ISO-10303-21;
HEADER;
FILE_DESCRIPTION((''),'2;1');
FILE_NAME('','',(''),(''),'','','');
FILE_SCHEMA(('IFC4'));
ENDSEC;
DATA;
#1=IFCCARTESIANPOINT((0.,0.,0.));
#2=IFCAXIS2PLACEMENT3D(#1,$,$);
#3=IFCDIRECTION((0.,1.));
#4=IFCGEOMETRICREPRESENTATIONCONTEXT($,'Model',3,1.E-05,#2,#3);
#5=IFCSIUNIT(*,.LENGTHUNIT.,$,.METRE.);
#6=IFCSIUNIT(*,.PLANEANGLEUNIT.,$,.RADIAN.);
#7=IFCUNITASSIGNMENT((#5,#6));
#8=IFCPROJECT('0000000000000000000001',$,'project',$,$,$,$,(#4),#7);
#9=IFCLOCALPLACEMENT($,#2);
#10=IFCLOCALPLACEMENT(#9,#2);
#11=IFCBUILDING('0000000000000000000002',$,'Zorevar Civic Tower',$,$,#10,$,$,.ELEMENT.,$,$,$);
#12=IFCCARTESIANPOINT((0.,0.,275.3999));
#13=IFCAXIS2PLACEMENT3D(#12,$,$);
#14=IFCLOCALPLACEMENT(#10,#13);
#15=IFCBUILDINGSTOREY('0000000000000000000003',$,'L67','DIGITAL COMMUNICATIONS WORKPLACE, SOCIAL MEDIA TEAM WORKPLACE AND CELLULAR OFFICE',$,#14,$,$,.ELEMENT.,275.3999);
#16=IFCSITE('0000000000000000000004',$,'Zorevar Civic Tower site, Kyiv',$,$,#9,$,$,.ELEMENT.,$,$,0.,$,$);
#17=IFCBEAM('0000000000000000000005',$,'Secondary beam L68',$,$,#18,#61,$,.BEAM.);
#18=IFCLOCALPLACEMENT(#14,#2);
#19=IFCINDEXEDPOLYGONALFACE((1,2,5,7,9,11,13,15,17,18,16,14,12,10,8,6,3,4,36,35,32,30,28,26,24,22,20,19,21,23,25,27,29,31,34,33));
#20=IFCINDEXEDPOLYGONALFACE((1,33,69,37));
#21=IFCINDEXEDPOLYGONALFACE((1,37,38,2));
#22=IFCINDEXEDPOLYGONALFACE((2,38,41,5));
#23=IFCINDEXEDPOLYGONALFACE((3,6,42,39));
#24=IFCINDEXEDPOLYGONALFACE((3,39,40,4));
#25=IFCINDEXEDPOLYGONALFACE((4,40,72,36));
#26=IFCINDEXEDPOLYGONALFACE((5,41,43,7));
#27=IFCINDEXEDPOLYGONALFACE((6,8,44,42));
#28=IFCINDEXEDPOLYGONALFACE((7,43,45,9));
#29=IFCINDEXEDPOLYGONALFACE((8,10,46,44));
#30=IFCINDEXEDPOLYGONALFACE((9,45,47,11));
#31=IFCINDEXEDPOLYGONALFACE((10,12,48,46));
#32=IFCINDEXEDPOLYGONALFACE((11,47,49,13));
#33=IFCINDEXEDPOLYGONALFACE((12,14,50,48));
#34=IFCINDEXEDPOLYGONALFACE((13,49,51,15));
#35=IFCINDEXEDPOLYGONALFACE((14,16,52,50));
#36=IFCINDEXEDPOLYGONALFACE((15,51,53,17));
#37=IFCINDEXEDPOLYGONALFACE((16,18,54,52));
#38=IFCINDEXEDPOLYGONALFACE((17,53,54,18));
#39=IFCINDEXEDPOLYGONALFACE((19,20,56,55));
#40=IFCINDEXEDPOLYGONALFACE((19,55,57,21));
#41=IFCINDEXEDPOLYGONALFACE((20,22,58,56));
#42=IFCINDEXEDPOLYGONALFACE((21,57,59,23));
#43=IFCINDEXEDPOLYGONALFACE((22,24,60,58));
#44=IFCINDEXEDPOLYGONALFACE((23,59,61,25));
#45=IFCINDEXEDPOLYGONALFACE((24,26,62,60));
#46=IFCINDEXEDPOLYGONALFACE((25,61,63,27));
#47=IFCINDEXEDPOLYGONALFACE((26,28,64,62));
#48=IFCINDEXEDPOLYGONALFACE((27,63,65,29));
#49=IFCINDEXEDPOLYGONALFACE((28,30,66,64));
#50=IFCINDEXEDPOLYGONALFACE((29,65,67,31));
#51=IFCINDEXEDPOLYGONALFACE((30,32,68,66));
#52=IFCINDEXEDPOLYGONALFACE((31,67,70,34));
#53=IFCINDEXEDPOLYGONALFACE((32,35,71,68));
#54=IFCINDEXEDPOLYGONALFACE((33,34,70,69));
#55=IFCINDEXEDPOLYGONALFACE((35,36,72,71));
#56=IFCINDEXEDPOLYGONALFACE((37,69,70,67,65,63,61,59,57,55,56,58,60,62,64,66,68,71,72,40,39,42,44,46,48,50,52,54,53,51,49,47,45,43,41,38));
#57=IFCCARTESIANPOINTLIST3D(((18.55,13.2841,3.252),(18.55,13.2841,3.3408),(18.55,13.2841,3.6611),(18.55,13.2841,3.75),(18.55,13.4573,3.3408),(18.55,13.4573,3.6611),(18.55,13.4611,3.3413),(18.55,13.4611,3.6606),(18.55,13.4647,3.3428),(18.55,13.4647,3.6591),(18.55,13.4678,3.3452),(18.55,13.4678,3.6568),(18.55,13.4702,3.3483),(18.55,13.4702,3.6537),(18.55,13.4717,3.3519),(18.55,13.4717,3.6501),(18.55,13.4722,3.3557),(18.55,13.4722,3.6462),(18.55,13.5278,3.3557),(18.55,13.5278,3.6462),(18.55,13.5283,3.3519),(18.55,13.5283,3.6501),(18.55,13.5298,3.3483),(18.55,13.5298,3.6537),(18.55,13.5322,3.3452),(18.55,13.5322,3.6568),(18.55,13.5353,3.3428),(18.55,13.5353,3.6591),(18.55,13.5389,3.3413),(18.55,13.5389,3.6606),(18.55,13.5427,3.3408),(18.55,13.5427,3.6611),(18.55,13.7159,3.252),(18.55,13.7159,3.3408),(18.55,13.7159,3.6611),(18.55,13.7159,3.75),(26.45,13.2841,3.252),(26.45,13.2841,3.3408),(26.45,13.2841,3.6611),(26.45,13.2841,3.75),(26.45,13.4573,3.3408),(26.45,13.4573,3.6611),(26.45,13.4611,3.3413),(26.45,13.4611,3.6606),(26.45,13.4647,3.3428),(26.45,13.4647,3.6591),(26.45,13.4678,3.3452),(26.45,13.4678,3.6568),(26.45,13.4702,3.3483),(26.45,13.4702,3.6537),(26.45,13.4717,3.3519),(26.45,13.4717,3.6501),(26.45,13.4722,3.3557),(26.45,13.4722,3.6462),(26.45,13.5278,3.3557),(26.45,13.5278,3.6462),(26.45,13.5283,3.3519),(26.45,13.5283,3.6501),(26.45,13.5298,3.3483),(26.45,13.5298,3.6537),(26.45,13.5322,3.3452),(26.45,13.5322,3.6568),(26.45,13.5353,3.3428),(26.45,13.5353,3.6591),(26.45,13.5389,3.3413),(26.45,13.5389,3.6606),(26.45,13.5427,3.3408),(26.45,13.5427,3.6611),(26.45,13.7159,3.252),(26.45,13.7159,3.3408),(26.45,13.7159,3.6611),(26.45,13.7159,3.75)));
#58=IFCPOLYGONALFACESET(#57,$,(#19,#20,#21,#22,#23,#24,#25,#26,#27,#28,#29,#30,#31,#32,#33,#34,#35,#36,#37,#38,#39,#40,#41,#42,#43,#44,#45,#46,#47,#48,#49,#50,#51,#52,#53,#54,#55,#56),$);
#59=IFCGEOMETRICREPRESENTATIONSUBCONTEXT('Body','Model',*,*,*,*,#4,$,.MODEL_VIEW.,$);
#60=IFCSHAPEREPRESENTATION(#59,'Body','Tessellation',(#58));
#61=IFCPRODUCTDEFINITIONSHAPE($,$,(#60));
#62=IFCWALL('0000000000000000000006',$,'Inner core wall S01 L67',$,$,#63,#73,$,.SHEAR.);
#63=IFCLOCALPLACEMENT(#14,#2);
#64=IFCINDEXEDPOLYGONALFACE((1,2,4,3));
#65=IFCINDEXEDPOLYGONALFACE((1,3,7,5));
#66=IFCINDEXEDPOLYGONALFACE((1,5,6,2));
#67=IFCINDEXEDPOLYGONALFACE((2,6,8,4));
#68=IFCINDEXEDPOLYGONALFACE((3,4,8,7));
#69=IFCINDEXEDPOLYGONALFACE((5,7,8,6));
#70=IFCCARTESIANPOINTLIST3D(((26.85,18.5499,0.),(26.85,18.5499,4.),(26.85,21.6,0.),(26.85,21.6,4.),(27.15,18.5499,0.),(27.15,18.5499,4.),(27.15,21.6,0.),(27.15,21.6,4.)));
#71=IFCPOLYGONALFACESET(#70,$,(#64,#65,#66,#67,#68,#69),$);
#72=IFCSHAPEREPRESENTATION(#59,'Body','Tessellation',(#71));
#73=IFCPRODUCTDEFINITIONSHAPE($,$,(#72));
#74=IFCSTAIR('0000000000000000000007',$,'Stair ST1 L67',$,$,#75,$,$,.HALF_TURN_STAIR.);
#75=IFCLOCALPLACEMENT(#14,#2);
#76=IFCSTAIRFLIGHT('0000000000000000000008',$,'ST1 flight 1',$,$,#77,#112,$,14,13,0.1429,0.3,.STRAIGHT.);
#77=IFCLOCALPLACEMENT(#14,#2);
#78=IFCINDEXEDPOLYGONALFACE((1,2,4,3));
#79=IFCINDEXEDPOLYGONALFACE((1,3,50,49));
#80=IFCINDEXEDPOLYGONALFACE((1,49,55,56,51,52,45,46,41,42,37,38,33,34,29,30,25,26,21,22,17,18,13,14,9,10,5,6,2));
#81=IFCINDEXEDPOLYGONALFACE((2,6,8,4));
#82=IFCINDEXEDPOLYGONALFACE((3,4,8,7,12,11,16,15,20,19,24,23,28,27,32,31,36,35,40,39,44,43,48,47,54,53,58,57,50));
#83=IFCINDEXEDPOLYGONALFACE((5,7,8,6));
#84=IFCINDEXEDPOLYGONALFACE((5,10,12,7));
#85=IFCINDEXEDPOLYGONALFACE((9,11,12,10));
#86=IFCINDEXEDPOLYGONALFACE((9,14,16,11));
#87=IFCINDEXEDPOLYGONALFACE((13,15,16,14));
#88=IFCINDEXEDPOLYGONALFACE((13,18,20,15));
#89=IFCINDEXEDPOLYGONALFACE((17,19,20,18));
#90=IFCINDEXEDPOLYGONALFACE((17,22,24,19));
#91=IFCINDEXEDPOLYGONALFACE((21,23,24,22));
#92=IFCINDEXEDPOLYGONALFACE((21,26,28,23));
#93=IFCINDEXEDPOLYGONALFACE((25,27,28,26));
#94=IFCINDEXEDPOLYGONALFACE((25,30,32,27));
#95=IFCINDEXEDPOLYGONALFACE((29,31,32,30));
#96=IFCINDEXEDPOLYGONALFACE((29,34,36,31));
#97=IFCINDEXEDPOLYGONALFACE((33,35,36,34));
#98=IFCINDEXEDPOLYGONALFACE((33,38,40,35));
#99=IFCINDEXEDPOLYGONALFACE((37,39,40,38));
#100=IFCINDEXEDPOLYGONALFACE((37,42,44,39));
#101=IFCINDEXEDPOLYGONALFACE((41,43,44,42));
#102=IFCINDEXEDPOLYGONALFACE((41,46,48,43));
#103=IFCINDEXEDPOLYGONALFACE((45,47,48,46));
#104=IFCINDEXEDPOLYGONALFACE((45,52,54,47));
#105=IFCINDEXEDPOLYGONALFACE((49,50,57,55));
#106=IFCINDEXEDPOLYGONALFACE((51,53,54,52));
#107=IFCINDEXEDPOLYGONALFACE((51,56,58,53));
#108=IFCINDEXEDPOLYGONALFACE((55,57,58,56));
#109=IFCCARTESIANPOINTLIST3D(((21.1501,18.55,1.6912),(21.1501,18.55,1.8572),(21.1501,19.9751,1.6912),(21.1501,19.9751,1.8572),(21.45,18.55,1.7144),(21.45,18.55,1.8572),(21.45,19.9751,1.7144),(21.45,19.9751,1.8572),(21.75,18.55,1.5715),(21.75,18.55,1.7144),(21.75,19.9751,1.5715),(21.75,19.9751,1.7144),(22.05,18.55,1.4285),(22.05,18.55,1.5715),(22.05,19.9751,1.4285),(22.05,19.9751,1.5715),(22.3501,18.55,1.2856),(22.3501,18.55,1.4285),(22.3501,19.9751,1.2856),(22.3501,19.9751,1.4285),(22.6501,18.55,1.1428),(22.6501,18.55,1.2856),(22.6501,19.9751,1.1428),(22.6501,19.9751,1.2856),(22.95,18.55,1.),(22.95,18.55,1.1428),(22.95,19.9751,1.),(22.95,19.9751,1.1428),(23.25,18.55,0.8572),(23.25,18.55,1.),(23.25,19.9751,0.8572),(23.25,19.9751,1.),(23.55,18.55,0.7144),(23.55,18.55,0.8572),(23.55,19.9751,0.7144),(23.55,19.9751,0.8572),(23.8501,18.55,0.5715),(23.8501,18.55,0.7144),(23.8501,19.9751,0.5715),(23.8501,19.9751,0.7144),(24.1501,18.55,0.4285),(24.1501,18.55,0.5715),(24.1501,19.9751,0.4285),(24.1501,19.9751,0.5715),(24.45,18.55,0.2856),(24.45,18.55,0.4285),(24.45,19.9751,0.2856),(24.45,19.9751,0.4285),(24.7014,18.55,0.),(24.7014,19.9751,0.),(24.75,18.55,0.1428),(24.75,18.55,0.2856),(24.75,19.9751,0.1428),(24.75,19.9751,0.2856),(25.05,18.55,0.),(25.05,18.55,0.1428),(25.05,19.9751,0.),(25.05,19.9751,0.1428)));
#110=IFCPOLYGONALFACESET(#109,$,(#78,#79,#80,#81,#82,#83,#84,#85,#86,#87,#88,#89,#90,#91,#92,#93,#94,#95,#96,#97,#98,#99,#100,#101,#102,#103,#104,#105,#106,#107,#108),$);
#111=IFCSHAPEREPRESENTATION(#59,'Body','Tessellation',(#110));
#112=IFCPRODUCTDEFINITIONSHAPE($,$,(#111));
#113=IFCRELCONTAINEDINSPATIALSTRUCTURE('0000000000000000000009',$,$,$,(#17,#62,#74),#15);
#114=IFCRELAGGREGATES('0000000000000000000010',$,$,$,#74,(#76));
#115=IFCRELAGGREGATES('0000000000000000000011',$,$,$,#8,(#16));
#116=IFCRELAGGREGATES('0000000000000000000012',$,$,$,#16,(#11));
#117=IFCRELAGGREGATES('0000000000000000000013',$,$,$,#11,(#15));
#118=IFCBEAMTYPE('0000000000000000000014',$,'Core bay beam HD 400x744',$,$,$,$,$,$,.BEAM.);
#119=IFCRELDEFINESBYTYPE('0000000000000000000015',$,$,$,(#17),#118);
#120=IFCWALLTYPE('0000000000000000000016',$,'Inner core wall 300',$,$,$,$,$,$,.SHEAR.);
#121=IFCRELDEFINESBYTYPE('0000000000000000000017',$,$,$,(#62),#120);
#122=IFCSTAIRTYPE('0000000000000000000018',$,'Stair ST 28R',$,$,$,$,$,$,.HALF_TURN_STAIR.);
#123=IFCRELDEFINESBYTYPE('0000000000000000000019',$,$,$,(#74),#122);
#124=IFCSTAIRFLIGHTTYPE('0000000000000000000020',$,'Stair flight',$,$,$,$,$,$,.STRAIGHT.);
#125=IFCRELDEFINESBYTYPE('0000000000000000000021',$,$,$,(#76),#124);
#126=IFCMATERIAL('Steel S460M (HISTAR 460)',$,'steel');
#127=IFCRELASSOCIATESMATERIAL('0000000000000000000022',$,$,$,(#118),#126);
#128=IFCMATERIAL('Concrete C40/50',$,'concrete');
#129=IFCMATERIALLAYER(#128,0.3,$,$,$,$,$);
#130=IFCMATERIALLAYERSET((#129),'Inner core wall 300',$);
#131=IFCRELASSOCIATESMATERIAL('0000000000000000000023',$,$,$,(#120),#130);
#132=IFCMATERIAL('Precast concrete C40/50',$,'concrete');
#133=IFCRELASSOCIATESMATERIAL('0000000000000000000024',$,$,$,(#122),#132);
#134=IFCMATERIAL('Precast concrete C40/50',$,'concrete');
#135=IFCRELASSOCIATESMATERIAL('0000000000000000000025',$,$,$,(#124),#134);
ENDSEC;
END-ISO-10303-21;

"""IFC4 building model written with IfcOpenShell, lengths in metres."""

from ifc_helpers import new_model, si_unit, direction, frame, frame_2d, origin, origin_2d, place, context, subcontext, project, spatial, polyline, rectangle, i_section, outline, extrude, material, layer, layer_set, material_profile, profile_set, type_object, element, aggregate, save


model = new_model("IFC4")

# Units and contexts
model_context = context("Model", 3, precision=1e-05, world=origin(), true_north=direction((0.0, 1.0)))
body_context = subcontext(model_context, "Body", "Model", "MODEL_VIEW")
ifc_project = project(units=[si_unit("LENGTHUNIT", "METRE"), si_unit("PLANEANGLEUNIT", "RADIAN")], contexts=[model_context])

# Site, building, storey
site_placement = place(None, origin())
site = spatial("IfcSite", under=ifc_project, at=site_placement, Name="Zorevar Civic Tower site, Kyiv", CompositionType="ELEMENT", RefElevation=0.0)
building_placement = place(site_placement, origin())
building = spatial("IfcBuilding", under=site, at=building_placement, Name="Zorevar Civic Tower", CompositionType="ELEMENT")
storey_placement = place(building_placement, frame((0.0, 0.0, 275.3999)))
storey = spatial("IfcBuildingStorey", under=building, at=storey_placement, Name="L67", Description="DIGITAL COMMUNICATIONS WORKPLACE, SOCIAL MEDIA TEAM WORKPLACE AND CELLULAR OFFICE", CompositionType="ELEMENT", Elevation=275.3999)

# Beam
ifc_material_1 = material(Name="Steel S460M (HISTAR 460)", Category="steel")
ifc_material_profile = material_profile(ifc_material_1, i_section(OverallWidth=0.4319, OverallDepth=0.498, WebThickness=0.0557, FlangeThickness=0.0889, FilletRadius=0.0149, at=origin_2d()), Name="HD 400x744")
ifc_profile_set = profile_set([ifc_material_profile], Name="Steel S460M (HISTAR 460)")
beam_type = type_object("IfcBeamType", Name="Core bay beam HD 400x744", PredefinedType="BEAM", material=ifc_profile_set)
beam_placement = place(storey_placement, frame((18.55, 13.5, 3.501), z_axis=(1.0, 0.0, 0.0), x_axis=(0.0, 1.0, 0.0)))
element("IfcBeam", 1, at=beam_placement, inside=storey, type_object=beam_type, Name="Secondary beam L68", PredefinedType="BEAM", context=body_context, shape_type="SweptSolid", body=[
    extrude(i_section(OverallWidth=0.4319, OverallDepth=0.498, WebThickness=0.0557, FlangeThickness=0.0889, FilletRadius=0.0149, at=origin_2d()), origin(), (0.0, 0.0, 1.0), 7.8999),
])

# Wall
ifc_material_2 = material(Name="Concrete C40/50", Category="concrete")
ifc_layer = layer(ifc_material_2, 0.3)
ifc_layer_set = layer_set([ifc_layer], Name="Inner core wall 300")
wall_type = type_object("IfcWallType", Name="Inner core wall 300", PredefinedType="SHEAR", material=ifc_layer_set)
wall_placement = place(storey_placement, frame((27.0, 18.55, 0.0), z_axis=(0.0, 0.0, 1.0), x_axis=(0.0, 1.0, 0.0)))
element("IfcWall", 2, at=wall_placement, inside=storey, type_object=wall_type, Name="Inner core wall S01 L67", PredefinedType="SHEAR", context=body_context, shape_type="SweptSolid", body=[
    extrude(rectangle(XDim=3.05, YDim=0.3, at=frame_2d((1.5249, 0.0))), origin(), (0.0, 0.0, 1.0), 4.0),
])

# Stair, stair flight
ifc_material_3 = material(Name="Precast concrete C40/50", Category="concrete")
stair_type = type_object("IfcStairType", Name="Stair ST 28R", PredefinedType="HALF_TURN_STAIR", material=ifc_material_3)
stair_placement = place(storey_placement, origin())
stair = element("IfcStair", 3, at=stair_placement, inside=storey, type_object=stair_type, Name="Stair ST1 L67", PredefinedType="HALF_TURN_STAIR")
ifc_material_4 = material(Name="Precast concrete C40/50", Category="concrete")
stair_flight_type = type_object("IfcStairFlightType", Name="Stair flight", PredefinedType="STRAIGHT", material=ifc_material_4)
stair_flight_placement = place(storey_placement, frame((25.05, 19.2625, 0.0), z_axis=(0.0, 0.0, 1.0), x_axis=(-1.0, 0.0, 0.0)))
stair_flight = element("IfcStairFlight", 4, at=stair_flight_placement, type_object=stair_flight_type, Name="ST1 flight 1", NumberOfRisers=14, NumberOfTreads=13, PredefinedType="STRAIGHT", RiserHeight=0.1429, TreadLength=0.3, context=body_context, shape_type="SweptSolid", body=[
    extrude(outline(polyline([(0.0, 0.0), (0.0, 0.1428), (0.3, 0.1428), (0.3, 0.2856), (0.6001, 0.2856), (0.6001, 0.4285), (0.8999, 0.4285), (0.8999, 0.5715), (1.2, 0.5715), (1.2, 0.7144), (1.5, 0.7144), (1.5, 0.8572), (1.8, 0.8572), (1.8, 1.0), (2.1001, 1.0), (2.1001, 1.1428), (2.3999, 1.1428), (2.3999, 1.2856), (2.7, 1.2856), (2.7, 1.4285), (3.0, 1.4285), (3.0, 1.5715), (3.3, 1.5715), (3.3, 1.7144), (3.6001, 1.7144), (3.6001, 1.8572), (3.8999, 1.8572), (3.8999, 2.0), (3.8999, 1.6912), (0.3486, 0.0), (0.0, 0.0)])), frame((0.0, 0.7124, 0.0), z_axis=(0.0, -1.0, 0.0), x_axis=(1.0, 0.0, 0.0)), (0.0, 0.0, 1.0), 1.425),
])
aggregate(stair, [stair_flight])

save(model, "model.ifc")
